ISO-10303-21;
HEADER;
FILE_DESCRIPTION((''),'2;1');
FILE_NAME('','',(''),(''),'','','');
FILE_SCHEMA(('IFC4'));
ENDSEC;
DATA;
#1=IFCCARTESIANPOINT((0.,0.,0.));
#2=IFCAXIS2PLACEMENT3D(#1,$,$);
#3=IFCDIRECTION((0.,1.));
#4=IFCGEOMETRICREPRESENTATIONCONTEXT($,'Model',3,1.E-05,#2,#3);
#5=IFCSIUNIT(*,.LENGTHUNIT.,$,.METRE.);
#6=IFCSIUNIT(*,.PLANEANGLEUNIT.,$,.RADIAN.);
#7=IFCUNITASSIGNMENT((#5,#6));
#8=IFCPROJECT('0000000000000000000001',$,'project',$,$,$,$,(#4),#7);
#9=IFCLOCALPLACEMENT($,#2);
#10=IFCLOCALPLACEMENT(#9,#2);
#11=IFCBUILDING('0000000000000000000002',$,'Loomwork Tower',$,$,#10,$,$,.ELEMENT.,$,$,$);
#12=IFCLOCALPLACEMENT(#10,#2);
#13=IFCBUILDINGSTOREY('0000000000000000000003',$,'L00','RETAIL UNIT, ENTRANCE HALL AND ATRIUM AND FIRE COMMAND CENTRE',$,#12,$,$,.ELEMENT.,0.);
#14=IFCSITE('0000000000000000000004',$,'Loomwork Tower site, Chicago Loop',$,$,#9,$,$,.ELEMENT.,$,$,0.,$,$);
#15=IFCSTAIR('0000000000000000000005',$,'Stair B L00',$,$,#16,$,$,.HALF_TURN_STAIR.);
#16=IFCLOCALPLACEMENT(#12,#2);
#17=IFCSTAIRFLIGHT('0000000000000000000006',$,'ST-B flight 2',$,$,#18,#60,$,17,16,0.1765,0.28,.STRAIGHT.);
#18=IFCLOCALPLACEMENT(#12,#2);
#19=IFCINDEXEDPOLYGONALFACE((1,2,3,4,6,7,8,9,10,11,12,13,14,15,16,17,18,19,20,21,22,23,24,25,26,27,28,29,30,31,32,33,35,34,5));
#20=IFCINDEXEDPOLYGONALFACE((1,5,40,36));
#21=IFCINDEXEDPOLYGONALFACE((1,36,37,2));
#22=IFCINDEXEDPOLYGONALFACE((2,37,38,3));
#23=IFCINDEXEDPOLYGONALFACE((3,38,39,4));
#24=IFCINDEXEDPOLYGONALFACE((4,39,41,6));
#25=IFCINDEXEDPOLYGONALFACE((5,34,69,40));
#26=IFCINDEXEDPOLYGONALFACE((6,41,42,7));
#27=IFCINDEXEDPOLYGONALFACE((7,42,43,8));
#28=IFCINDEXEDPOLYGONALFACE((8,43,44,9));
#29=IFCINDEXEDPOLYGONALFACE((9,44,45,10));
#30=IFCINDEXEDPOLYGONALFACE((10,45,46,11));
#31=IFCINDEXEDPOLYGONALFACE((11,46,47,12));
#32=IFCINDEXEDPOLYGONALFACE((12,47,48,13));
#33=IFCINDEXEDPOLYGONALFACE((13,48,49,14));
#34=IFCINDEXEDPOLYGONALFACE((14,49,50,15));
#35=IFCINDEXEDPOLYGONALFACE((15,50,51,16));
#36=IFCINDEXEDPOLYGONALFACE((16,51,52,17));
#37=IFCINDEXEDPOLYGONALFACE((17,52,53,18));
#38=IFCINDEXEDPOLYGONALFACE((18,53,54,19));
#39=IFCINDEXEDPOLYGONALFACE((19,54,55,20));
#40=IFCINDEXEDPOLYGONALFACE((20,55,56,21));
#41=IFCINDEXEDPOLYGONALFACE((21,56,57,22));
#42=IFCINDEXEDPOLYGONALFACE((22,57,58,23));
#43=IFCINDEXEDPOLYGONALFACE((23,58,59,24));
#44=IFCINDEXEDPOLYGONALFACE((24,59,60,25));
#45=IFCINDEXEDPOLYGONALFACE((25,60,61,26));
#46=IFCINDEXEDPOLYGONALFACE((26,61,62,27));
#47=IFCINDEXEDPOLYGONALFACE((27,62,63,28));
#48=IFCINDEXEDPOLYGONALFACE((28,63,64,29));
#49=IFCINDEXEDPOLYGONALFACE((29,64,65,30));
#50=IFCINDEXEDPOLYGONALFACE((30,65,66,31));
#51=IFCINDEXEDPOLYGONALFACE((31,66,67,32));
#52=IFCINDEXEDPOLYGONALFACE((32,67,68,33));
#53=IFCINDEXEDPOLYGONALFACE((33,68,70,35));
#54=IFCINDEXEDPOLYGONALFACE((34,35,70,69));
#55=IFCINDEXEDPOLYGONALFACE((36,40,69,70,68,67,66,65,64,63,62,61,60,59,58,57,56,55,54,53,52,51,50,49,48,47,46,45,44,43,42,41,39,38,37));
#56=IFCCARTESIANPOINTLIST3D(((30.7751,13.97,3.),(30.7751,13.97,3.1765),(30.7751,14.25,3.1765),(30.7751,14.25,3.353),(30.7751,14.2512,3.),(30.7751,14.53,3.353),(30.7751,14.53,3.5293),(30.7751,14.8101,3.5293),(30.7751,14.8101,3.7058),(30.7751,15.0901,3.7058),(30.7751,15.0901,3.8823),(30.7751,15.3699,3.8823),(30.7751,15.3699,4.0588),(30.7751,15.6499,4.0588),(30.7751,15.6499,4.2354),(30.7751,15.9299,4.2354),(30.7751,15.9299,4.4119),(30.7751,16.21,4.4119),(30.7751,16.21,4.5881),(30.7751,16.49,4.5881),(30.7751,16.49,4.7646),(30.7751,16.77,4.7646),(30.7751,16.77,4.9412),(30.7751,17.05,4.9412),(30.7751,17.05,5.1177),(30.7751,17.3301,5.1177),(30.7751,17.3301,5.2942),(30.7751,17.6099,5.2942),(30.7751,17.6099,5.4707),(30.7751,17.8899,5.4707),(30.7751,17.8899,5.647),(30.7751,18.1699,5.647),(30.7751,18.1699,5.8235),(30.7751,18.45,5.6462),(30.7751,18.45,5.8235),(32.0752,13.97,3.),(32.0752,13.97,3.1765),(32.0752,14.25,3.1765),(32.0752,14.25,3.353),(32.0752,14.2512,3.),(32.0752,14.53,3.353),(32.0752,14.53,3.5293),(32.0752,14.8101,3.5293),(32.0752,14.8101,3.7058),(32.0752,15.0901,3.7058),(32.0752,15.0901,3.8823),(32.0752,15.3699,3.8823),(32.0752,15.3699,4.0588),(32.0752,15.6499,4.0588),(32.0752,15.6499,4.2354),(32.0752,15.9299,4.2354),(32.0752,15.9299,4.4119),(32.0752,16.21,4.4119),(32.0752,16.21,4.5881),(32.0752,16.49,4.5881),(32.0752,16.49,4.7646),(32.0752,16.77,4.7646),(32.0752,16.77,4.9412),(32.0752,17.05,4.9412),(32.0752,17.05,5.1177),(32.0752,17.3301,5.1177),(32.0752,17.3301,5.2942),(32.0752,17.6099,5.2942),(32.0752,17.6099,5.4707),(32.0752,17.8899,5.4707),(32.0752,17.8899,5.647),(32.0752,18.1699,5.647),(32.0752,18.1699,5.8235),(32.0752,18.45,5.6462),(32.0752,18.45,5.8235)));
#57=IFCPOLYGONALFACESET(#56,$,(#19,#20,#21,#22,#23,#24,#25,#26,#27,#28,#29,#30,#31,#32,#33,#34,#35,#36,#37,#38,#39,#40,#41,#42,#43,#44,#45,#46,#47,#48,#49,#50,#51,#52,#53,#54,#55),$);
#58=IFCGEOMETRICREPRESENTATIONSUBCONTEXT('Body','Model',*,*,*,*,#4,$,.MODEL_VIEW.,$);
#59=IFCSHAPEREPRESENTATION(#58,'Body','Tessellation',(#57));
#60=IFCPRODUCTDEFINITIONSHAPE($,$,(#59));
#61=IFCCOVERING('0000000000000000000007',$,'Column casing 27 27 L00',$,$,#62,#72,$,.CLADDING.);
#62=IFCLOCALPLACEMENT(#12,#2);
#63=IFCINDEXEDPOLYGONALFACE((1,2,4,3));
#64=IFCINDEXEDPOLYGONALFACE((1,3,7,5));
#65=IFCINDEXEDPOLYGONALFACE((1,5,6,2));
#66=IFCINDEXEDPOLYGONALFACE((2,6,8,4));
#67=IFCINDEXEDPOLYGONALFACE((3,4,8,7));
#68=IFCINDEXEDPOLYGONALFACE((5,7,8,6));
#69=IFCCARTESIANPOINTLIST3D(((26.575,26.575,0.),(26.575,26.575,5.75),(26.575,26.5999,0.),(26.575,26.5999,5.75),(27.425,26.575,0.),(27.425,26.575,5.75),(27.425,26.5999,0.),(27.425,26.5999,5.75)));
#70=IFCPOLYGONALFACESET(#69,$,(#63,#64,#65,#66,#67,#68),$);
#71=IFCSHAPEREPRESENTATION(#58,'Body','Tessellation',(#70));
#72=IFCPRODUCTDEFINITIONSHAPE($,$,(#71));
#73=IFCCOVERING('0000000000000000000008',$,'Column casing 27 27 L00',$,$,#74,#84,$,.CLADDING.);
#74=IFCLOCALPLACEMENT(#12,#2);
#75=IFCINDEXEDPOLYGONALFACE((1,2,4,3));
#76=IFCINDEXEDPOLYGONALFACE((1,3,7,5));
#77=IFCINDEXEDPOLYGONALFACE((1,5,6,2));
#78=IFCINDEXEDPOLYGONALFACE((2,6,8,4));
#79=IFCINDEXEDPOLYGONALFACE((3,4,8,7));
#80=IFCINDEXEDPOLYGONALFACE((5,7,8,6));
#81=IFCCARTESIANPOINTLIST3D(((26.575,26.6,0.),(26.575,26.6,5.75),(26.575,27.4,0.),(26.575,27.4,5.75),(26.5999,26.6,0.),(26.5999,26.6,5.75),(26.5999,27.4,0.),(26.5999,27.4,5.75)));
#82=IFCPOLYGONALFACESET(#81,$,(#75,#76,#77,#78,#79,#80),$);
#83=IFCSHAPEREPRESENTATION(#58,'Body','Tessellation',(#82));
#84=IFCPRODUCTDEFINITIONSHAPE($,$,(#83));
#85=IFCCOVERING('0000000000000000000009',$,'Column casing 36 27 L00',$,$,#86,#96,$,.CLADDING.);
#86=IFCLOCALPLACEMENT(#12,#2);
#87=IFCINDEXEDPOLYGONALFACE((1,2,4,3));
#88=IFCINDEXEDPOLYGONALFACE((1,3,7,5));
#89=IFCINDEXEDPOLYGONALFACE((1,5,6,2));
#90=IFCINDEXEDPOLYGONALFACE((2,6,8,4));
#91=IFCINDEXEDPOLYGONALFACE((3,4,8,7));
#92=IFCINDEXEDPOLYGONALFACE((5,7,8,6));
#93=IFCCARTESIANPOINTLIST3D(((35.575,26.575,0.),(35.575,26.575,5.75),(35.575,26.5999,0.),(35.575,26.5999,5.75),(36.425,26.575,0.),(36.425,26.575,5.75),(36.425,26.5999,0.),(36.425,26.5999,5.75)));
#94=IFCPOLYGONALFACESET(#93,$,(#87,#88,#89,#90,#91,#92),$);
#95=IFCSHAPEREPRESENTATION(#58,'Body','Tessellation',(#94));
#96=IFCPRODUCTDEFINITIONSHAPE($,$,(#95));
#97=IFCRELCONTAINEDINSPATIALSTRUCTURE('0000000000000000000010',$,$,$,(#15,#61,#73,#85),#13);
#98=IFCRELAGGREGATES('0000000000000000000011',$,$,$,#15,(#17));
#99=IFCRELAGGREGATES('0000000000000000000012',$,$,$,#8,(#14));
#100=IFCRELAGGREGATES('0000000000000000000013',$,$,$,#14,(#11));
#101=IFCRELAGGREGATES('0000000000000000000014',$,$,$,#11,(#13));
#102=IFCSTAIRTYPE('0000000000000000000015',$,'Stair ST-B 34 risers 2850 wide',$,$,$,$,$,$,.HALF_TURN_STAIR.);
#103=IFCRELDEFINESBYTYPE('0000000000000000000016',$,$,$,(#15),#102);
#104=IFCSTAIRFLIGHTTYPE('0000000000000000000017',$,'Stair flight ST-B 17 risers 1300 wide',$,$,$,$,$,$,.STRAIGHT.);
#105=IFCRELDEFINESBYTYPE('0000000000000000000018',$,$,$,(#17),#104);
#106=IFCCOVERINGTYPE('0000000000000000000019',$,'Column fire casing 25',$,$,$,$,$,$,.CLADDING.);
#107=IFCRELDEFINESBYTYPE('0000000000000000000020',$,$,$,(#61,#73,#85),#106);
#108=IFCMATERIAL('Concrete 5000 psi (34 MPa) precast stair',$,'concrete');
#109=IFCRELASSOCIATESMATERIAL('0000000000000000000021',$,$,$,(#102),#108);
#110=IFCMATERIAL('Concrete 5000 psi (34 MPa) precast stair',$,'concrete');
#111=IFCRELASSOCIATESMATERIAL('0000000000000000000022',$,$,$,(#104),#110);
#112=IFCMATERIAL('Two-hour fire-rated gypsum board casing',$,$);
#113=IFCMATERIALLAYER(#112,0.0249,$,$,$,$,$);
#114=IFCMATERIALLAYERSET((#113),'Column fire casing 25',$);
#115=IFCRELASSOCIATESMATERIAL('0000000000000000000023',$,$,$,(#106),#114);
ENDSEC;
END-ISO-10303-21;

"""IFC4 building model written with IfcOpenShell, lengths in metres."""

from ifc_helpers import new_model, si_unit, direction, frame, origin, origin_2d, place, context, subcontext, project, spatial, polyline, rectangle, outline, extrude, material, layer, layer_set, type_object, element, aggregate, save


model = new_model("IFC4")

# Units and contexts
model_context = context("Model", 3, precision=1e-05, world=origin(), true_north=direction((0.0, 1.0)))
body_context = subcontext(model_context, "Body", "Model", "MODEL_VIEW")
ifc_project = project(units=[si_unit("LENGTHUNIT", "METRE"), si_unit("PLANEANGLEUNIT", "RADIAN")], contexts=[model_context])

# Site, building, storey
site_placement = place(None, origin())
site = spatial("IfcSite", under=ifc_project, at=site_placement, Name="Loomwork Tower site, Chicago Loop", CompositionType="ELEMENT", RefElevation=0.0)
building_placement = place(site_placement, origin())
building = spatial("IfcBuilding", under=site, at=building_placement, Name="Loomwork Tower", CompositionType="ELEMENT")
storey_placement = place(building_placement, origin())
storey = spatial("IfcBuildingStorey", under=building, at=storey_placement, Name="L00", Description="RETAIL UNIT, ENTRANCE HALL AND ATRIUM AND FIRE COMMAND CENTRE", CompositionType="ELEMENT", Elevation=0.0)

# Stair, stair flight
ifc_material_1 = material(Name="Concrete 5000 psi (34 MPa) precast stair", Category="concrete")
stair_type = type_object("IfcStairType", Name="Stair ST-B 34 risers 2850 wide", PredefinedType="HALF_TURN_STAIR", material=ifc_material_1)
stair_placement = place(storey_placement, origin())
stair = element("IfcStair", 1, at=stair_placement, inside=storey, type_object=stair_type, Name="Stair B L00", PredefinedType="HALF_TURN_STAIR")
ifc_material_2 = material(Name="Concrete 5000 psi (34 MPa) precast stair", Category="concrete")
stair_flight_type = type_object("IfcStairFlightType", Name="Stair flight ST-B 17 risers 1300 wide", PredefinedType="STRAIGHT", material=ifc_material_2)
stair_flight_1_placement = place(storey_placement, frame((31.425, 13.97, 3.0), z_axis=(0.0, 0.0, 1.0), x_axis=(0.0, 1.0, 0.0)))
stair_flight_1 = element("IfcStairFlight", 2, at=stair_flight_1_placement, type_object=stair_flight_type, Name="ST-B flight 2", NumberOfRisers=17, NumberOfTreads=16, PredefinedType="STRAIGHT", RiserHeight=0.1765, TreadLength=0.28, context=body_context, shape_type="SweptSolid", body=[
    extrude(outline(polyline([(0.0, 0.0), (0.0, 0.1765), (0.28, 0.1765), (0.28, 0.353), (0.5601, 0.353), (0.5601, 0.5293), (0.8401, 0.5293), (0.8401, 0.7058), (1.1201, 0.7058), (1.1201, 0.8823), (1.3999, 0.8823), (1.3999, 1.0588), (1.6799, 1.0588), (1.6799, 1.2354), (1.96, 1.2354), (1.96, 1.4119), (2.24, 1.4119), (2.24, 1.5881), (2.52, 1.5881), (2.52, 1.7646), (2.8, 1.7646), (2.8, 1.9412), (3.0801, 1.9412), (3.0801, 2.1177), (3.3601, 2.1177), (3.3601, 2.2942), (3.6399, 2.2942), (3.6399, 2.4707), (3.9199, 2.4707), (3.9199, 2.647), (4.2, 2.647), (4.2, 2.8235), (4.48, 2.8235), (4.48, 3.0), (4.48, 2.6462), (0.2812, 0.0), (0.0, 0.0)])), frame((0.0, 0.6499, 0.0), z_axis=(0.0, -1.0, 0.0), x_axis=(1.0, 0.0, 0.0)), (0.0, 0.0, 1.0), 1.3),
])
aggregate(stair, [stair_flight_1])

# Coverings
ifc_material_3 = material(Name="Two-hour fire-rated gypsum board casing")
ifc_layer_1 = layer(ifc_material_3, 0.0249)
ifc_layer_set_1 = layer_set([ifc_layer_1], Name="Column fire casing 25")
covering_type = type_object("IfcCoveringType", Name="Column fire casing 25", PredefinedType="CLADDING", material=ifc_layer_set_1)
covering_1_placement = place(storey_placement, frame((27.0, 26.5874, 0.0), z_axis=(0.0, 0.0, 1.0), x_axis=(1.0, 0.0, 0.0)))
element("IfcCovering", 3, at=covering_1_placement, inside=storey, type_object=covering_type, Name="Column casing 27 27 L00", PredefinedType="CLADDING", context=body_context, shape_type="SweptSolid", body=[
    extrude(rectangle(XDim=0.8501, YDim=0.0249, at=origin_2d()), origin(), (0.0, 0.0, 1.0), 5.75),
])
covering_2_placement = place(storey_placement, frame((26.5874, 27.0, 0.0), z_axis=(0.0, 0.0, 1.0), x_axis=(1.0, 0.0, 0.0)))
element("IfcCovering", 4, at=covering_2_placement, inside=storey, type_object=covering_type, Name="Column casing 27 27 L00", PredefinedType="CLADDING", context=body_context, shape_type="SweptSolid", body=[
    extrude(rectangle(XDim=0.0249, YDim=0.8, at=origin_2d()), origin(), (0.0, 0.0, 1.0), 5.75),
])
covering_3_placement = place(storey_placement, frame((36.0, 26.5874, 0.0), z_axis=(0.0, 0.0, 1.0), x_axis=(1.0, 0.0, 0.0)))
element("IfcCovering", 5, at=covering_3_placement, inside=storey, type_object=covering_type, Name="Column casing 36 27 L00", PredefinedType="CLADDING", context=body_context, shape_type="SweptSolid", body=[
    extrude(rectangle(XDim=0.8501, YDim=0.0249, at=origin_2d()), origin(), (0.0, 0.0, 1.0), 5.75),
])

save(model, "model.ifc")
